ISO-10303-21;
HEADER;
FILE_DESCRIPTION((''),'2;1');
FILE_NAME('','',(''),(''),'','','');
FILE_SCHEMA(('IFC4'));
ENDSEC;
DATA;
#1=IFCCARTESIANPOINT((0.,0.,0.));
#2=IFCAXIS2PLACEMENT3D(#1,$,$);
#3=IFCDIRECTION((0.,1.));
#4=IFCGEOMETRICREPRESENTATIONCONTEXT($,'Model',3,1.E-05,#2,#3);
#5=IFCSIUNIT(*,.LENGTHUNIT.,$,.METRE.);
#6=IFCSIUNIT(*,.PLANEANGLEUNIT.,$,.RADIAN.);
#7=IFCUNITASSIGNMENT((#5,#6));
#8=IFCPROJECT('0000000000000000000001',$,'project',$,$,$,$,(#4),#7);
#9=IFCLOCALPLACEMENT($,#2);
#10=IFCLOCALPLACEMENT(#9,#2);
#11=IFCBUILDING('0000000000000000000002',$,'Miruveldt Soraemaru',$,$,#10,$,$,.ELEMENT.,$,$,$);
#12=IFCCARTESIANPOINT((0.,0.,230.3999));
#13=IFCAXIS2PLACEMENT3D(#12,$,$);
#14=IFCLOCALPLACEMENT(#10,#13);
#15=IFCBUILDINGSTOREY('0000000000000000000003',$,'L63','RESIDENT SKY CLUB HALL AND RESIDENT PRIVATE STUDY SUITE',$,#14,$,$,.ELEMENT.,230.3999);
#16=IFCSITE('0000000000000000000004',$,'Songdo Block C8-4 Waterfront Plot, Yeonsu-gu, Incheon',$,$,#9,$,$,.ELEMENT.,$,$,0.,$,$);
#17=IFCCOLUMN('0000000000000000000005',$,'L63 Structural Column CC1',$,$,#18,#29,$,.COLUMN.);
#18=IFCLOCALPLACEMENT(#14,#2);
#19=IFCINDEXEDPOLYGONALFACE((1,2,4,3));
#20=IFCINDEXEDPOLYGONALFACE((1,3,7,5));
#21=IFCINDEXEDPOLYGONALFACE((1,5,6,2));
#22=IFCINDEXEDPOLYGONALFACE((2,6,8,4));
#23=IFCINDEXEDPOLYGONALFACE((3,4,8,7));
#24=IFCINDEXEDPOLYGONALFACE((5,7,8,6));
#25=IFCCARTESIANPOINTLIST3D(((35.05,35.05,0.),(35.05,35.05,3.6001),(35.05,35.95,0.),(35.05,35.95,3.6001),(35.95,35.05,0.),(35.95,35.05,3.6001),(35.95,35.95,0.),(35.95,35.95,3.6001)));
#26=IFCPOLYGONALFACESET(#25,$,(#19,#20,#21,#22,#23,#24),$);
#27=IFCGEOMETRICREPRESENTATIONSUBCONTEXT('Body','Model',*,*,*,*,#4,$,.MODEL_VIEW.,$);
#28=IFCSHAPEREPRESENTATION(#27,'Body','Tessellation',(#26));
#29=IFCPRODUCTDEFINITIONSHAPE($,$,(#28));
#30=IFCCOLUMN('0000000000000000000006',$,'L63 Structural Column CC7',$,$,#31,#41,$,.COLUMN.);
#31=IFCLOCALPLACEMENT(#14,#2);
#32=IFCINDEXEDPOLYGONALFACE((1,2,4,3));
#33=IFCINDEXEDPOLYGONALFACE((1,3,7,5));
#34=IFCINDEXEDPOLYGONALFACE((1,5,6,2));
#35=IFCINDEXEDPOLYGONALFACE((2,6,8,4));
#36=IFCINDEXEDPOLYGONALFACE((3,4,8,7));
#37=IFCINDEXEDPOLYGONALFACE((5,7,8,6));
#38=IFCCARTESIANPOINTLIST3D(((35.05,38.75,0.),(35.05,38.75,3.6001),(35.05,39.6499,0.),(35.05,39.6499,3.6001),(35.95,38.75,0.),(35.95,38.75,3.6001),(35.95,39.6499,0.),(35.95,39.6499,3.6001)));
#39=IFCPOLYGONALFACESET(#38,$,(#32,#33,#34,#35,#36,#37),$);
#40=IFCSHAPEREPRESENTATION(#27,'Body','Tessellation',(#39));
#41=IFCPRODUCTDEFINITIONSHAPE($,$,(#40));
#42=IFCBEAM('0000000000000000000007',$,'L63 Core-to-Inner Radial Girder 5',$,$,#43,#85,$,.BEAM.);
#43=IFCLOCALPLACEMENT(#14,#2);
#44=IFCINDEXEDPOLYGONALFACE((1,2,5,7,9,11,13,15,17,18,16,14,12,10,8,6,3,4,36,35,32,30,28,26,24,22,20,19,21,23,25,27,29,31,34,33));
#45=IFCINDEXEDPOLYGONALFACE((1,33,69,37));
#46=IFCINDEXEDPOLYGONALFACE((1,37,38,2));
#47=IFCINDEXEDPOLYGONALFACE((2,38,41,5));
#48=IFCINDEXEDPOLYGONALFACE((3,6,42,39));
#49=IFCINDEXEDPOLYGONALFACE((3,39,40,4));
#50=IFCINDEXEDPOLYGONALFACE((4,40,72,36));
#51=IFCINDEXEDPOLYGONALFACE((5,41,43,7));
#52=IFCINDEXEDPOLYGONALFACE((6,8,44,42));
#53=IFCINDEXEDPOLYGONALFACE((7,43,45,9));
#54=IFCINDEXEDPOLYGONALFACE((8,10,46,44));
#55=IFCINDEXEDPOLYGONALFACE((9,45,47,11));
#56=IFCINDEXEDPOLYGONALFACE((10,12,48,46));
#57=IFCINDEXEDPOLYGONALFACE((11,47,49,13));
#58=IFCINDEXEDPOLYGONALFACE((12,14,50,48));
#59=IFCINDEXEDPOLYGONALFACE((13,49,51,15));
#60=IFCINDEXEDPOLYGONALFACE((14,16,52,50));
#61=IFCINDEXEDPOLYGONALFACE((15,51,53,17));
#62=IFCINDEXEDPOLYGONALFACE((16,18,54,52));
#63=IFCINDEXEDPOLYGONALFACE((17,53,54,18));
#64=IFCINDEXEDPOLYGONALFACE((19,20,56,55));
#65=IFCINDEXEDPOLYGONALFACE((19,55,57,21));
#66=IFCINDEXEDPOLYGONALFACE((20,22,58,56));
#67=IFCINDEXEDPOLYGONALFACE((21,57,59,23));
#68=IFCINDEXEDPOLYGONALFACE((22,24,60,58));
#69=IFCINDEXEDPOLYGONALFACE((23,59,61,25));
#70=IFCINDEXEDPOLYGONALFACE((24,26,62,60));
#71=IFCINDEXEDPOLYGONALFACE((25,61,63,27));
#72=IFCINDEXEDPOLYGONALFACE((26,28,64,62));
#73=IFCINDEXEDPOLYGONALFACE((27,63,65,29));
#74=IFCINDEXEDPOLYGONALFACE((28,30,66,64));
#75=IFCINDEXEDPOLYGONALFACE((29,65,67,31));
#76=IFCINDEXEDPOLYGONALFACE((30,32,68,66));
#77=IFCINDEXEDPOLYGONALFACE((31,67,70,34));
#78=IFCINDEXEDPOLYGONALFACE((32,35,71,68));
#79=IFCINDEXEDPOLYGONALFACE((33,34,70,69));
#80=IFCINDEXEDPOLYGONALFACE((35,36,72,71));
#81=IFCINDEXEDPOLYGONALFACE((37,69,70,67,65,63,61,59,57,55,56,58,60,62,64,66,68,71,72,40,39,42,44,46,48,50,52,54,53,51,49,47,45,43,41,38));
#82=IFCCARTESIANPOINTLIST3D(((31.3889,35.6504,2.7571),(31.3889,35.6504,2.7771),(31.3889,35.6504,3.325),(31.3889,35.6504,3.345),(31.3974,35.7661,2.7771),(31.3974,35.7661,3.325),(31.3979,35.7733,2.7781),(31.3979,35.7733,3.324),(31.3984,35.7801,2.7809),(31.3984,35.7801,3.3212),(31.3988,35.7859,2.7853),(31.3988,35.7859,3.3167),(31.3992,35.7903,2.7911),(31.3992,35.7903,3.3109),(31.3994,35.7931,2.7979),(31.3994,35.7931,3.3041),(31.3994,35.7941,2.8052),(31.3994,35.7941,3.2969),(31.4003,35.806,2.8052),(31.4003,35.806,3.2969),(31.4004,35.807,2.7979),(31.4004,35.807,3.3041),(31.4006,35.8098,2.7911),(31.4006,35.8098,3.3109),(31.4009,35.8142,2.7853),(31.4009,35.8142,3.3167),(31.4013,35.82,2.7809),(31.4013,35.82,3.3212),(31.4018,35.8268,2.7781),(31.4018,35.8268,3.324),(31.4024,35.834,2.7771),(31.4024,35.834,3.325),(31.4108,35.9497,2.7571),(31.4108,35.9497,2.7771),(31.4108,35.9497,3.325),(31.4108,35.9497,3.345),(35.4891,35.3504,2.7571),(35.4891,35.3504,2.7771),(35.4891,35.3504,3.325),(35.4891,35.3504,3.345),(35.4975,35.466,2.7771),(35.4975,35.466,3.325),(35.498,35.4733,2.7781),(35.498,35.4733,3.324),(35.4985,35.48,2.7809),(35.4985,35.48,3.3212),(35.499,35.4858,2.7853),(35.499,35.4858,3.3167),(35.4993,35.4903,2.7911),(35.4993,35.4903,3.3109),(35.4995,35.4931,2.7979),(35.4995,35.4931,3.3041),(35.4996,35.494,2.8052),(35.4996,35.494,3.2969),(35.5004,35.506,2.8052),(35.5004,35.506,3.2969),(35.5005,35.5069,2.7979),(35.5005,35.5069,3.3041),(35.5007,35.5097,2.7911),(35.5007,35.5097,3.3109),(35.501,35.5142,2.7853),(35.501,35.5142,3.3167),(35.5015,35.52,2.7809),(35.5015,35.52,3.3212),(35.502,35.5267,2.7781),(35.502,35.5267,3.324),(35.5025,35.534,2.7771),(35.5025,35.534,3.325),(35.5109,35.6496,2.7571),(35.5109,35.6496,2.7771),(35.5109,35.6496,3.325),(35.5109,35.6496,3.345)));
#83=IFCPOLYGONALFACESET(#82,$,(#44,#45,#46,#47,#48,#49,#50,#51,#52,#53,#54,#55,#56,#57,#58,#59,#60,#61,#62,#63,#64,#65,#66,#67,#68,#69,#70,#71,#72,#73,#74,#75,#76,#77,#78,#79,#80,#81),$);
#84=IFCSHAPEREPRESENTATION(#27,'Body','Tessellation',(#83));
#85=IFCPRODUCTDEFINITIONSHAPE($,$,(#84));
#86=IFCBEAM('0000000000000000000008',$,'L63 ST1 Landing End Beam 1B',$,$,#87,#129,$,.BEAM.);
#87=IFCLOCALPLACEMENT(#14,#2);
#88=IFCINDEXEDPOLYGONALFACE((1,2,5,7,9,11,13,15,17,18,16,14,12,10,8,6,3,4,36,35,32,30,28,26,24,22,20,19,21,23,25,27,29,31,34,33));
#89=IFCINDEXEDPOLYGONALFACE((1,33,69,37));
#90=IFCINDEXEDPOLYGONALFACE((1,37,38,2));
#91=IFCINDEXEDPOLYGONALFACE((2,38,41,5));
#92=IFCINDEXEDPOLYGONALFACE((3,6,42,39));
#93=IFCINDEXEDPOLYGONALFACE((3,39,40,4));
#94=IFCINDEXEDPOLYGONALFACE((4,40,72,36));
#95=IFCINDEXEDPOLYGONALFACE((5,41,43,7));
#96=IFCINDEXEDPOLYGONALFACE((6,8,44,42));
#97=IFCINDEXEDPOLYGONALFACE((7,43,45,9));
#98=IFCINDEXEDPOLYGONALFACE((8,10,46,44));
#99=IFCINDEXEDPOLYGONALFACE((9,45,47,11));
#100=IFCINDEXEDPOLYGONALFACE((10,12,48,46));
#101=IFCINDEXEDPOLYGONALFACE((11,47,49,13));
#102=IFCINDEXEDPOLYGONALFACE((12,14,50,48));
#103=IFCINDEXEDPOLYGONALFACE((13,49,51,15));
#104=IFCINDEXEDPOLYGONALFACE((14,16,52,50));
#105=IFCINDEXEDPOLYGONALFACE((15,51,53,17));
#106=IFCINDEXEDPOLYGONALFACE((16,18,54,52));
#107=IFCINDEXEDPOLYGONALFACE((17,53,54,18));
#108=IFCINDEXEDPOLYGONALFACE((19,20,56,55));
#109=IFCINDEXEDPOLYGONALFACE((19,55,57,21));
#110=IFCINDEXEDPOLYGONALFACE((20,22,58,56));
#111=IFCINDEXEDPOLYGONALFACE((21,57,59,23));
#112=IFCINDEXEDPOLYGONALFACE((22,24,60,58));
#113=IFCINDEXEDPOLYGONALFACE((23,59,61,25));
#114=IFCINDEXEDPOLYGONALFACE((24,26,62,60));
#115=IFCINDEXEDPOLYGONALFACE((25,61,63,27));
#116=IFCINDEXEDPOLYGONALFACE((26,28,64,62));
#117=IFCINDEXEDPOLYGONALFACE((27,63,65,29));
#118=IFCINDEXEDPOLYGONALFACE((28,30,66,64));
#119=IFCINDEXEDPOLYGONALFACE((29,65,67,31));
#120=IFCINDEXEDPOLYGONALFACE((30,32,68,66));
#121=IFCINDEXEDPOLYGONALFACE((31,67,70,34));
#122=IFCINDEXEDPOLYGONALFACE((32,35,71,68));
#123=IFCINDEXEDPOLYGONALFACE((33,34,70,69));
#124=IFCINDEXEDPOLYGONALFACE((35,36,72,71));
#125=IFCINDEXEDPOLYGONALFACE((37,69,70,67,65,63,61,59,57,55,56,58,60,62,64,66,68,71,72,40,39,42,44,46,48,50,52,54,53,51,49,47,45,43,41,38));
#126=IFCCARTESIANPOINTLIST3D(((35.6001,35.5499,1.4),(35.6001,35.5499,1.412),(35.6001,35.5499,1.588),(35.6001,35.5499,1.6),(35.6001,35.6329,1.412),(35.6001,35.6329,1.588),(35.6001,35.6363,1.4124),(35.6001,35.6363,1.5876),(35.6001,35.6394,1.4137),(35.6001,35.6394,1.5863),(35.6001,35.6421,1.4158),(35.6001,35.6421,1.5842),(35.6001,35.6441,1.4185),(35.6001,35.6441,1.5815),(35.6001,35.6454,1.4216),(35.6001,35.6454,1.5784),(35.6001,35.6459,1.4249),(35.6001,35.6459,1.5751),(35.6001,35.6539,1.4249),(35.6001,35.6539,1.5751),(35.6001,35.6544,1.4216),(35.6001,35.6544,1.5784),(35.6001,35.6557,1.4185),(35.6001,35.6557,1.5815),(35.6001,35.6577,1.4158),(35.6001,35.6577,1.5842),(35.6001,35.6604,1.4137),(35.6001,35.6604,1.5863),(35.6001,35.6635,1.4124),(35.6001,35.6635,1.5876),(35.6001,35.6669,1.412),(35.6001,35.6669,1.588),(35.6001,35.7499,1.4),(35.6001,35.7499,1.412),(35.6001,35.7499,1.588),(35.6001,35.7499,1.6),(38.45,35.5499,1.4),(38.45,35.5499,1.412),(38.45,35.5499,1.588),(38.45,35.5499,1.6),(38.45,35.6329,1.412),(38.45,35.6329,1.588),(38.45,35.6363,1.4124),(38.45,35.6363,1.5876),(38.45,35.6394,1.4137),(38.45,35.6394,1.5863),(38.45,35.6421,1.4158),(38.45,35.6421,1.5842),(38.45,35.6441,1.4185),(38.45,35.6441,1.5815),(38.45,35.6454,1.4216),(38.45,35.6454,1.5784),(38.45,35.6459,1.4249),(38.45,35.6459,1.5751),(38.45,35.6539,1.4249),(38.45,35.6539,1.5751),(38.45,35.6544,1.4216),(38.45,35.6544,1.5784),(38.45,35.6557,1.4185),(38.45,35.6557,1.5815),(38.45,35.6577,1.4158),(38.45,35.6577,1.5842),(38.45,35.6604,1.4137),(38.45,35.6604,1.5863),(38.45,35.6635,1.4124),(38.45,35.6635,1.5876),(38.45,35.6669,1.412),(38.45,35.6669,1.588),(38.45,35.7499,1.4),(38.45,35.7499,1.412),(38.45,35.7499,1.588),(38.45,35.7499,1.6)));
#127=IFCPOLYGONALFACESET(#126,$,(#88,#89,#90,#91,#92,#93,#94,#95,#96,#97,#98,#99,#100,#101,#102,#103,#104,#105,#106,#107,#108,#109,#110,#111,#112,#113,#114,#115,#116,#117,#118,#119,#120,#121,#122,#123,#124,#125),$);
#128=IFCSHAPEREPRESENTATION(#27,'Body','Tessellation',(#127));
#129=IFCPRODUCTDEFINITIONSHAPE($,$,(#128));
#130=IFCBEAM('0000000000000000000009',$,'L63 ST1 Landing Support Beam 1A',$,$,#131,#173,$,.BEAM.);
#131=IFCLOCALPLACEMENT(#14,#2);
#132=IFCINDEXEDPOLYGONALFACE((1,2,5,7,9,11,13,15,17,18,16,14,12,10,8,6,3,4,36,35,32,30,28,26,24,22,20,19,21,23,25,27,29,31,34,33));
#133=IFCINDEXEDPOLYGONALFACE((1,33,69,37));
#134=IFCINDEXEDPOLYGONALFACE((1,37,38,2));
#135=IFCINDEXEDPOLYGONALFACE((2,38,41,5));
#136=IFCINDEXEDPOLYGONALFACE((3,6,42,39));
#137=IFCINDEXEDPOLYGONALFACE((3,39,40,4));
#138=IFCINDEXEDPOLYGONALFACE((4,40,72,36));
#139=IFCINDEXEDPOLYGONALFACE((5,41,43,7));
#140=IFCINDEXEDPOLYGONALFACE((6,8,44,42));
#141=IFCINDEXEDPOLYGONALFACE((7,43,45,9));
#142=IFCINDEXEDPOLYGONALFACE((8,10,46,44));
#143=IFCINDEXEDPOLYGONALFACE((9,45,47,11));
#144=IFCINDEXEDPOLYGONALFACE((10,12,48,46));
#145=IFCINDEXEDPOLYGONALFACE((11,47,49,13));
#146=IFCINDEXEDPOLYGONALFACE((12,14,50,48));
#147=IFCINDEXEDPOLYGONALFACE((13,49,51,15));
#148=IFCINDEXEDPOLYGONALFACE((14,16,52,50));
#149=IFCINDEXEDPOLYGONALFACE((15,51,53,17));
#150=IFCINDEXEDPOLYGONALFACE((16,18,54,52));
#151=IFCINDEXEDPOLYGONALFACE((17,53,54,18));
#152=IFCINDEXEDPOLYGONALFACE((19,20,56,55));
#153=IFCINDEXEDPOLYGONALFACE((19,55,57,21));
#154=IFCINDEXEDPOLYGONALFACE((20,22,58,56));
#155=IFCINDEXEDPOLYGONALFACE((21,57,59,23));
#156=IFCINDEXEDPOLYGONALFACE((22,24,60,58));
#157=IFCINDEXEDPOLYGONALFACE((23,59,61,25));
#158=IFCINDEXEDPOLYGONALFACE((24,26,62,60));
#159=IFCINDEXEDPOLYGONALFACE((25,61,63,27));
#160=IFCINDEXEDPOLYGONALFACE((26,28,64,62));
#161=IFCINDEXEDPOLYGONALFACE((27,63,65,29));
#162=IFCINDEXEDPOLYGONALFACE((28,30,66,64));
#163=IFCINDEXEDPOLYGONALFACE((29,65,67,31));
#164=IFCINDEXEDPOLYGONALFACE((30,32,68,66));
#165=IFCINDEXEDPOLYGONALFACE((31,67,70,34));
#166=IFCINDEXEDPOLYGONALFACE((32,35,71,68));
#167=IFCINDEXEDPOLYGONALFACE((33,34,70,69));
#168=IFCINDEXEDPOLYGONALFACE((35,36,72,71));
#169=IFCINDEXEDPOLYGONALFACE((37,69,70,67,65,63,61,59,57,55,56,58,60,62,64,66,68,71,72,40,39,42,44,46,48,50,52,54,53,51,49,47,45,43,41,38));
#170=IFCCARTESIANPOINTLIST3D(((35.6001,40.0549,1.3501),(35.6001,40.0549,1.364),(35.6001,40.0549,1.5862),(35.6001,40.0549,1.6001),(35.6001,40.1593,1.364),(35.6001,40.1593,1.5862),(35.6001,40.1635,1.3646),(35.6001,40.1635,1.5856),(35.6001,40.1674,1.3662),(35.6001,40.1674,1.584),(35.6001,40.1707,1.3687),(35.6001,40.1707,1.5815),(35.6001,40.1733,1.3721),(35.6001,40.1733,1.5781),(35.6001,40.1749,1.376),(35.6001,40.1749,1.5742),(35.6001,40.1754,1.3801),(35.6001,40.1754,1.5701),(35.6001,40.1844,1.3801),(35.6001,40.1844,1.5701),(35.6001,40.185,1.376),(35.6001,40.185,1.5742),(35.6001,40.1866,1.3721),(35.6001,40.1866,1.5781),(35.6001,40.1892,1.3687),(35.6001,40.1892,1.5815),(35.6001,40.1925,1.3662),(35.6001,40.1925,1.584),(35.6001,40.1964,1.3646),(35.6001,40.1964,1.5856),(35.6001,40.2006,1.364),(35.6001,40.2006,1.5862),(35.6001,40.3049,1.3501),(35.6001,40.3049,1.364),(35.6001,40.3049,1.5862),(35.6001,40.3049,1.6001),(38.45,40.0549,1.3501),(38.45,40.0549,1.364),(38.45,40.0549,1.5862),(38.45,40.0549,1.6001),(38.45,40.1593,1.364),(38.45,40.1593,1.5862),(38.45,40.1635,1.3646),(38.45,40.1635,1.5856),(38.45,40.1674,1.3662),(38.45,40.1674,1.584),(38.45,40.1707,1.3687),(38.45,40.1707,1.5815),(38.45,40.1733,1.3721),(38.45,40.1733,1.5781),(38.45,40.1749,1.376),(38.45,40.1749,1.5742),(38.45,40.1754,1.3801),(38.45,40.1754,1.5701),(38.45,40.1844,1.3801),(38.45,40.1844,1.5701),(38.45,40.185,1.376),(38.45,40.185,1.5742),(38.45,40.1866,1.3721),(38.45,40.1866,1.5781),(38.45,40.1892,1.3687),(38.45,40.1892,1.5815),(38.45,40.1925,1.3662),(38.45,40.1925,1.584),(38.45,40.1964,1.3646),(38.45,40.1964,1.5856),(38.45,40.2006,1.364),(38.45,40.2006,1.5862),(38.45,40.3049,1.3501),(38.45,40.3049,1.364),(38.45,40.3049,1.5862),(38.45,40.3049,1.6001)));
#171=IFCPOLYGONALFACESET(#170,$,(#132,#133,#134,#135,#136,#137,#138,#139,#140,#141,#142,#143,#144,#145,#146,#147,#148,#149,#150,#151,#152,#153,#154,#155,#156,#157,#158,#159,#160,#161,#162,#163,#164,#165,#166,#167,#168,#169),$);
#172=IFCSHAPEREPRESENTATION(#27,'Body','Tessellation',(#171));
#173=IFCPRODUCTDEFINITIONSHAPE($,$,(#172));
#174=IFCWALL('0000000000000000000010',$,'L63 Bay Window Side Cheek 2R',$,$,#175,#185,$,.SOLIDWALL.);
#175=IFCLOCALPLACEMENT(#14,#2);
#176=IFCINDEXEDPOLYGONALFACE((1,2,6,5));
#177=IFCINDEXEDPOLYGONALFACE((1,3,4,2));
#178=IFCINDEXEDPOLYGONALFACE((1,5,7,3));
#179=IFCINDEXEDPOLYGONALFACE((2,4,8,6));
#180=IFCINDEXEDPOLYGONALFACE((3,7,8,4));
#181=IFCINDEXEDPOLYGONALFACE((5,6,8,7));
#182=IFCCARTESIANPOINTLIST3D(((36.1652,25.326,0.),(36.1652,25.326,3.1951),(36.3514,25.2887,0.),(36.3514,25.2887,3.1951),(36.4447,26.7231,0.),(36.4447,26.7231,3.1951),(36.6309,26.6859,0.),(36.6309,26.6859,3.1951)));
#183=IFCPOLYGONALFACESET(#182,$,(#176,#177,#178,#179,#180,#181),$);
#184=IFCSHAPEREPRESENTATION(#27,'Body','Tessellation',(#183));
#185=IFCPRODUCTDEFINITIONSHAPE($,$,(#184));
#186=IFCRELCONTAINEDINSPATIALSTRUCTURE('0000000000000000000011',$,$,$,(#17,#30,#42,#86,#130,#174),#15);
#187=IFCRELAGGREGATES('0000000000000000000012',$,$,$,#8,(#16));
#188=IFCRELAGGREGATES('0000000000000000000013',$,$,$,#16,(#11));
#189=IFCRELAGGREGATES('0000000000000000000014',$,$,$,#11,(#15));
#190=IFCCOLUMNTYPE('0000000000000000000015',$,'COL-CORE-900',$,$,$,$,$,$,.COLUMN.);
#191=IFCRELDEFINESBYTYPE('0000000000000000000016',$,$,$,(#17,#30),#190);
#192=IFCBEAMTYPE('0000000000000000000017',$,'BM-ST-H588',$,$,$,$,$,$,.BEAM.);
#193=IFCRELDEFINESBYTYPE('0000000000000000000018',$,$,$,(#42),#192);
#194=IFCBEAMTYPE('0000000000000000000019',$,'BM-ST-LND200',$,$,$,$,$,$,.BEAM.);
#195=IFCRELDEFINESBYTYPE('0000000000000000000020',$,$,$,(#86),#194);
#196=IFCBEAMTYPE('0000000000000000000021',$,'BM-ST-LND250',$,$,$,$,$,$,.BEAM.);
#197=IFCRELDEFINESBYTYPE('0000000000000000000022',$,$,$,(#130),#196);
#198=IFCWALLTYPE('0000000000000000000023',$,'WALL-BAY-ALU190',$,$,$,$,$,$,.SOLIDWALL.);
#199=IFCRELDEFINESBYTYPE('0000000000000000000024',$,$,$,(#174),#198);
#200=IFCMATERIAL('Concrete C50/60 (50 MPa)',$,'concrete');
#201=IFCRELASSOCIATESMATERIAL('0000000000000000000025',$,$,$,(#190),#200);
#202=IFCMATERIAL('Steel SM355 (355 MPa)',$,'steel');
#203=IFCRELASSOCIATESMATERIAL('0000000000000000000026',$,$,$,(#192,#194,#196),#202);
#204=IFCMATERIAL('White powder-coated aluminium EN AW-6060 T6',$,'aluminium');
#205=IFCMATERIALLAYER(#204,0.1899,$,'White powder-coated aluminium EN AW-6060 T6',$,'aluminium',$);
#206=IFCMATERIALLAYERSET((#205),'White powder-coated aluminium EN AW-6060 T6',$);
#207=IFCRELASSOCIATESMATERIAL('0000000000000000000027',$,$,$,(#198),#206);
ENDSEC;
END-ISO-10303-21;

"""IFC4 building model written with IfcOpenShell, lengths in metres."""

from ifc_helpers import new_model, si_unit, direction, frame, frame_2d, origin, origin_2d, place, context, subcontext, project, spatial, rectangle, i_section, extrude, material, layer, layer_set, material_profile, profile_set, type_object, element, save


model = new_model("IFC4")

# Units and contexts
model_context = context("Model", 3, precision=1e-05, world=origin(), true_north=direction((0.0, 1.0)))
body_context = subcontext(model_context, "Body", "Model", "MODEL_VIEW")
ifc_project = project(units=[si_unit("LENGTHUNIT", "METRE"), si_unit("PLANEANGLEUNIT", "RADIAN")], contexts=[model_context])

# Site, building, storey
site_placement = place(None, origin())
site = spatial("IfcSite", under=ifc_project, at=site_placement, Name="Songdo Block C8-4 Waterfront Plot, Yeonsu-gu, Incheon", CompositionType="ELEMENT", RefElevation=0.0)
building_placement = place(site_placement, origin())
building = spatial("IfcBuilding", under=site, at=building_placement, Name="Miruveldt Soraemaru", CompositionType="ELEMENT")
storey_placement = place(building_placement, frame((0.0, 0.0, 230.3999)))
storey = spatial("IfcBuildingStorey", under=building, at=storey_placement, Name="L63", Description="RESIDENT SKY CLUB HALL AND RESIDENT PRIVATE STUDY SUITE", CompositionType="ELEMENT", Elevation=230.3999)

# Columns
ifc_material_1 = material(Name="Concrete C50/60 (50 MPa)", Category="concrete")
ifc_material_profile_1 = material_profile(ifc_material_1, rectangle(XDim=0.8999, YDim=0.8999, at=origin_2d()), Name="Concrete C50/60 (50 MPa)", Category="concrete")
ifc_profile_set_1 = profile_set([ifc_material_profile_1], Name="Concrete C50/60 (50 MPa)")
column_type = type_object("IfcColumnType", Name="COL-CORE-900", PredefinedType="COLUMN", material=ifc_profile_set_1)
for number, where, z_axis, x_axis, name in (
    (1, (35.5, 35.5, 0.0), (0.0, 0.0, 1.0), (1.0, 0.0, 0.0), "L63 Structural Column CC1"),
    (2, (35.5, 39.2, 0.0), (0.0, 0.0, 1.0), (1.0, 0.0, 0.0), "L63 Structural Column CC7"),
):
    element("IfcColumn", number, at=place(storey_placement, frame(where, z_axis=z_axis, x_axis=x_axis)), inside=storey, type_object=column_type, Name=name, PredefinedType="COLUMN", context=body_context, shape_type="SweptSolid", body=[
        extrude(rectangle(XDim=0.8999, YDim=0.8999, at=origin_2d()), origin(), (0.0, 0.0, 1.0), 3.6001),
    ])

# Beams
ifc_material_2 = material(Name="Steel SM355 (355 MPa)", Category="steel")
ifc_material_profile_2 = material_profile(ifc_material_2, i_section(OverallWidth=0.3, OverallDepth=0.5879, WebThickness=0.012, FlangeThickness=0.02, FilletRadius=0.0281, at=origin_2d()), Name="Steel SM355 (355 MPa)", Category="steel")
ifc_profile_set_2 = profile_set([ifc_material_profile_2], Name="Steel SM355 (355 MPa)")
beam_type_1 = type_object("IfcBeamType", Name="BM-ST-H588", PredefinedType="BEAM", material=ifc_profile_set_2)
beam_1_placement = place(storey_placement, frame((35.5, 35.5, 3.051), z_axis=(-0.997333, 0.072986, 0.0), x_axis=(-0.072986, -0.997333, 0.0)))
element("IfcBeam", 3, at=beam_1_placement, inside=storey, type_object=beam_type_1, Name="L63 Core-to-Inner Radial Girder 5", PredefinedType="BEAM", context=body_context, shape_type="SweptSolid", body=[
    extrude(i_section(OverallWidth=0.3, OverallDepth=0.5879, WebThickness=0.012, FlangeThickness=0.02, FilletRadius=0.0281, at=origin_2d()), origin(), (0.0, 0.0, 1.0), 4.1111),
])
ifc_material_profile_3 = material_profile(ifc_material_2, i_section(OverallWidth=0.2, OverallDepth=0.2, WebThickness=0.0081, FlangeThickness=0.012, FilletRadius=0.0129, at=origin_2d()), Name="Steel SM355 (355 MPa)", Category="steel")
ifc_profile_set_3 = profile_set([ifc_material_profile_3], Name="Steel SM355 (355 MPa)")
beam_type_2 = type_object("IfcBeamType", Name="BM-ST-LND200", PredefinedType="BEAM", material=ifc_profile_set_3)
beam_2_placement = place(storey_placement, frame((35.6001, 35.6499, 1.5), z_axis=(1.0, 0.0, 0.0), x_axis=(0.0, 1.0, 0.0)))
element("IfcBeam", 4, at=beam_2_placement, inside=storey, type_object=beam_type_2, Name="L63 ST1 Landing End Beam 1B", PredefinedType="BEAM", context=body_context, shape_type="SweptSolid", body=[
    extrude(i_section(OverallWidth=0.2, OverallDepth=0.2, WebThickness=0.0081, FlangeThickness=0.012, FilletRadius=0.0129, at=origin_2d()), origin(), (0.0, 0.0, 1.0), 2.8499),
])
ifc_material_profile_4 = material_profile(ifc_material_2, i_section(OverallWidth=0.25, OverallDepth=0.25, WebThickness=0.009, FlangeThickness=0.0139, FilletRadius=0.0161, at=origin_2d()), Name="Steel SM355 (355 MPa)", Category="steel")
ifc_profile_set_4 = profile_set([ifc_material_profile_4], Name="Steel SM355 (355 MPa)")
beam_type_3 = type_object("IfcBeamType", Name="BM-ST-LND250", PredefinedType="BEAM", material=ifc_profile_set_4)
beam_3_placement = place(storey_placement, frame((35.6001, 40.1799, 1.4751), z_axis=(1.0, 0.0, 0.0), x_axis=(0.0, 1.0, 0.0)))
element("IfcBeam", 5, at=beam_3_placement, inside=storey, type_object=beam_type_3, Name="L63 ST1 Landing Support Beam 1A", PredefinedType="BEAM", context=body_context, shape_type="SweptSolid", body=[
    extrude(i_section(OverallWidth=0.25, OverallDepth=0.25, WebThickness=0.009, FlangeThickness=0.0139, FilletRadius=0.0161, at=origin_2d()), origin(), (0.0, 0.0, 1.0), 2.8499),
])

# Wall
ifc_material_3 = material(Name="White powder-coated aluminium EN AW-6060 T6", Category="aluminium")
ifc_layer_1 = layer(ifc_material_3, 0.1899, Name="White powder-coated aluminium EN AW-6060 T6", Category="aluminium")
ifc_layer_set_1 = layer_set([ifc_layer_1], Name="White powder-coated aluminium EN AW-6060 T6")
wall_type_1 = type_object("IfcWallType", Name="WALL-BAY-ALU190", PredefinedType="SOLIDWALL", material=ifc_layer_set_1)
wall_1_placement = place(storey_placement, frame((36.2583, 25.3074, 0.0), z_axis=(0.0, 0.0, 1.0), x_axis=(0.196182, 0.980567, 0.0)))
element("IfcWall", 6, at=wall_1_placement, inside=storey, type_object=wall_type_1, Name="L63 Bay Window Side Cheek 2R", PredefinedType="SOLIDWALL", context=body_context, shape_type="SweptSolid", body=[
    extrude(rectangle(XDim=1.4248, YDim=0.1899, at=frame_2d((0.7124, 0.0))), origin(), (0.0, 0.0, 1.0), 3.1951),
])

save(model, "model.ifc")
